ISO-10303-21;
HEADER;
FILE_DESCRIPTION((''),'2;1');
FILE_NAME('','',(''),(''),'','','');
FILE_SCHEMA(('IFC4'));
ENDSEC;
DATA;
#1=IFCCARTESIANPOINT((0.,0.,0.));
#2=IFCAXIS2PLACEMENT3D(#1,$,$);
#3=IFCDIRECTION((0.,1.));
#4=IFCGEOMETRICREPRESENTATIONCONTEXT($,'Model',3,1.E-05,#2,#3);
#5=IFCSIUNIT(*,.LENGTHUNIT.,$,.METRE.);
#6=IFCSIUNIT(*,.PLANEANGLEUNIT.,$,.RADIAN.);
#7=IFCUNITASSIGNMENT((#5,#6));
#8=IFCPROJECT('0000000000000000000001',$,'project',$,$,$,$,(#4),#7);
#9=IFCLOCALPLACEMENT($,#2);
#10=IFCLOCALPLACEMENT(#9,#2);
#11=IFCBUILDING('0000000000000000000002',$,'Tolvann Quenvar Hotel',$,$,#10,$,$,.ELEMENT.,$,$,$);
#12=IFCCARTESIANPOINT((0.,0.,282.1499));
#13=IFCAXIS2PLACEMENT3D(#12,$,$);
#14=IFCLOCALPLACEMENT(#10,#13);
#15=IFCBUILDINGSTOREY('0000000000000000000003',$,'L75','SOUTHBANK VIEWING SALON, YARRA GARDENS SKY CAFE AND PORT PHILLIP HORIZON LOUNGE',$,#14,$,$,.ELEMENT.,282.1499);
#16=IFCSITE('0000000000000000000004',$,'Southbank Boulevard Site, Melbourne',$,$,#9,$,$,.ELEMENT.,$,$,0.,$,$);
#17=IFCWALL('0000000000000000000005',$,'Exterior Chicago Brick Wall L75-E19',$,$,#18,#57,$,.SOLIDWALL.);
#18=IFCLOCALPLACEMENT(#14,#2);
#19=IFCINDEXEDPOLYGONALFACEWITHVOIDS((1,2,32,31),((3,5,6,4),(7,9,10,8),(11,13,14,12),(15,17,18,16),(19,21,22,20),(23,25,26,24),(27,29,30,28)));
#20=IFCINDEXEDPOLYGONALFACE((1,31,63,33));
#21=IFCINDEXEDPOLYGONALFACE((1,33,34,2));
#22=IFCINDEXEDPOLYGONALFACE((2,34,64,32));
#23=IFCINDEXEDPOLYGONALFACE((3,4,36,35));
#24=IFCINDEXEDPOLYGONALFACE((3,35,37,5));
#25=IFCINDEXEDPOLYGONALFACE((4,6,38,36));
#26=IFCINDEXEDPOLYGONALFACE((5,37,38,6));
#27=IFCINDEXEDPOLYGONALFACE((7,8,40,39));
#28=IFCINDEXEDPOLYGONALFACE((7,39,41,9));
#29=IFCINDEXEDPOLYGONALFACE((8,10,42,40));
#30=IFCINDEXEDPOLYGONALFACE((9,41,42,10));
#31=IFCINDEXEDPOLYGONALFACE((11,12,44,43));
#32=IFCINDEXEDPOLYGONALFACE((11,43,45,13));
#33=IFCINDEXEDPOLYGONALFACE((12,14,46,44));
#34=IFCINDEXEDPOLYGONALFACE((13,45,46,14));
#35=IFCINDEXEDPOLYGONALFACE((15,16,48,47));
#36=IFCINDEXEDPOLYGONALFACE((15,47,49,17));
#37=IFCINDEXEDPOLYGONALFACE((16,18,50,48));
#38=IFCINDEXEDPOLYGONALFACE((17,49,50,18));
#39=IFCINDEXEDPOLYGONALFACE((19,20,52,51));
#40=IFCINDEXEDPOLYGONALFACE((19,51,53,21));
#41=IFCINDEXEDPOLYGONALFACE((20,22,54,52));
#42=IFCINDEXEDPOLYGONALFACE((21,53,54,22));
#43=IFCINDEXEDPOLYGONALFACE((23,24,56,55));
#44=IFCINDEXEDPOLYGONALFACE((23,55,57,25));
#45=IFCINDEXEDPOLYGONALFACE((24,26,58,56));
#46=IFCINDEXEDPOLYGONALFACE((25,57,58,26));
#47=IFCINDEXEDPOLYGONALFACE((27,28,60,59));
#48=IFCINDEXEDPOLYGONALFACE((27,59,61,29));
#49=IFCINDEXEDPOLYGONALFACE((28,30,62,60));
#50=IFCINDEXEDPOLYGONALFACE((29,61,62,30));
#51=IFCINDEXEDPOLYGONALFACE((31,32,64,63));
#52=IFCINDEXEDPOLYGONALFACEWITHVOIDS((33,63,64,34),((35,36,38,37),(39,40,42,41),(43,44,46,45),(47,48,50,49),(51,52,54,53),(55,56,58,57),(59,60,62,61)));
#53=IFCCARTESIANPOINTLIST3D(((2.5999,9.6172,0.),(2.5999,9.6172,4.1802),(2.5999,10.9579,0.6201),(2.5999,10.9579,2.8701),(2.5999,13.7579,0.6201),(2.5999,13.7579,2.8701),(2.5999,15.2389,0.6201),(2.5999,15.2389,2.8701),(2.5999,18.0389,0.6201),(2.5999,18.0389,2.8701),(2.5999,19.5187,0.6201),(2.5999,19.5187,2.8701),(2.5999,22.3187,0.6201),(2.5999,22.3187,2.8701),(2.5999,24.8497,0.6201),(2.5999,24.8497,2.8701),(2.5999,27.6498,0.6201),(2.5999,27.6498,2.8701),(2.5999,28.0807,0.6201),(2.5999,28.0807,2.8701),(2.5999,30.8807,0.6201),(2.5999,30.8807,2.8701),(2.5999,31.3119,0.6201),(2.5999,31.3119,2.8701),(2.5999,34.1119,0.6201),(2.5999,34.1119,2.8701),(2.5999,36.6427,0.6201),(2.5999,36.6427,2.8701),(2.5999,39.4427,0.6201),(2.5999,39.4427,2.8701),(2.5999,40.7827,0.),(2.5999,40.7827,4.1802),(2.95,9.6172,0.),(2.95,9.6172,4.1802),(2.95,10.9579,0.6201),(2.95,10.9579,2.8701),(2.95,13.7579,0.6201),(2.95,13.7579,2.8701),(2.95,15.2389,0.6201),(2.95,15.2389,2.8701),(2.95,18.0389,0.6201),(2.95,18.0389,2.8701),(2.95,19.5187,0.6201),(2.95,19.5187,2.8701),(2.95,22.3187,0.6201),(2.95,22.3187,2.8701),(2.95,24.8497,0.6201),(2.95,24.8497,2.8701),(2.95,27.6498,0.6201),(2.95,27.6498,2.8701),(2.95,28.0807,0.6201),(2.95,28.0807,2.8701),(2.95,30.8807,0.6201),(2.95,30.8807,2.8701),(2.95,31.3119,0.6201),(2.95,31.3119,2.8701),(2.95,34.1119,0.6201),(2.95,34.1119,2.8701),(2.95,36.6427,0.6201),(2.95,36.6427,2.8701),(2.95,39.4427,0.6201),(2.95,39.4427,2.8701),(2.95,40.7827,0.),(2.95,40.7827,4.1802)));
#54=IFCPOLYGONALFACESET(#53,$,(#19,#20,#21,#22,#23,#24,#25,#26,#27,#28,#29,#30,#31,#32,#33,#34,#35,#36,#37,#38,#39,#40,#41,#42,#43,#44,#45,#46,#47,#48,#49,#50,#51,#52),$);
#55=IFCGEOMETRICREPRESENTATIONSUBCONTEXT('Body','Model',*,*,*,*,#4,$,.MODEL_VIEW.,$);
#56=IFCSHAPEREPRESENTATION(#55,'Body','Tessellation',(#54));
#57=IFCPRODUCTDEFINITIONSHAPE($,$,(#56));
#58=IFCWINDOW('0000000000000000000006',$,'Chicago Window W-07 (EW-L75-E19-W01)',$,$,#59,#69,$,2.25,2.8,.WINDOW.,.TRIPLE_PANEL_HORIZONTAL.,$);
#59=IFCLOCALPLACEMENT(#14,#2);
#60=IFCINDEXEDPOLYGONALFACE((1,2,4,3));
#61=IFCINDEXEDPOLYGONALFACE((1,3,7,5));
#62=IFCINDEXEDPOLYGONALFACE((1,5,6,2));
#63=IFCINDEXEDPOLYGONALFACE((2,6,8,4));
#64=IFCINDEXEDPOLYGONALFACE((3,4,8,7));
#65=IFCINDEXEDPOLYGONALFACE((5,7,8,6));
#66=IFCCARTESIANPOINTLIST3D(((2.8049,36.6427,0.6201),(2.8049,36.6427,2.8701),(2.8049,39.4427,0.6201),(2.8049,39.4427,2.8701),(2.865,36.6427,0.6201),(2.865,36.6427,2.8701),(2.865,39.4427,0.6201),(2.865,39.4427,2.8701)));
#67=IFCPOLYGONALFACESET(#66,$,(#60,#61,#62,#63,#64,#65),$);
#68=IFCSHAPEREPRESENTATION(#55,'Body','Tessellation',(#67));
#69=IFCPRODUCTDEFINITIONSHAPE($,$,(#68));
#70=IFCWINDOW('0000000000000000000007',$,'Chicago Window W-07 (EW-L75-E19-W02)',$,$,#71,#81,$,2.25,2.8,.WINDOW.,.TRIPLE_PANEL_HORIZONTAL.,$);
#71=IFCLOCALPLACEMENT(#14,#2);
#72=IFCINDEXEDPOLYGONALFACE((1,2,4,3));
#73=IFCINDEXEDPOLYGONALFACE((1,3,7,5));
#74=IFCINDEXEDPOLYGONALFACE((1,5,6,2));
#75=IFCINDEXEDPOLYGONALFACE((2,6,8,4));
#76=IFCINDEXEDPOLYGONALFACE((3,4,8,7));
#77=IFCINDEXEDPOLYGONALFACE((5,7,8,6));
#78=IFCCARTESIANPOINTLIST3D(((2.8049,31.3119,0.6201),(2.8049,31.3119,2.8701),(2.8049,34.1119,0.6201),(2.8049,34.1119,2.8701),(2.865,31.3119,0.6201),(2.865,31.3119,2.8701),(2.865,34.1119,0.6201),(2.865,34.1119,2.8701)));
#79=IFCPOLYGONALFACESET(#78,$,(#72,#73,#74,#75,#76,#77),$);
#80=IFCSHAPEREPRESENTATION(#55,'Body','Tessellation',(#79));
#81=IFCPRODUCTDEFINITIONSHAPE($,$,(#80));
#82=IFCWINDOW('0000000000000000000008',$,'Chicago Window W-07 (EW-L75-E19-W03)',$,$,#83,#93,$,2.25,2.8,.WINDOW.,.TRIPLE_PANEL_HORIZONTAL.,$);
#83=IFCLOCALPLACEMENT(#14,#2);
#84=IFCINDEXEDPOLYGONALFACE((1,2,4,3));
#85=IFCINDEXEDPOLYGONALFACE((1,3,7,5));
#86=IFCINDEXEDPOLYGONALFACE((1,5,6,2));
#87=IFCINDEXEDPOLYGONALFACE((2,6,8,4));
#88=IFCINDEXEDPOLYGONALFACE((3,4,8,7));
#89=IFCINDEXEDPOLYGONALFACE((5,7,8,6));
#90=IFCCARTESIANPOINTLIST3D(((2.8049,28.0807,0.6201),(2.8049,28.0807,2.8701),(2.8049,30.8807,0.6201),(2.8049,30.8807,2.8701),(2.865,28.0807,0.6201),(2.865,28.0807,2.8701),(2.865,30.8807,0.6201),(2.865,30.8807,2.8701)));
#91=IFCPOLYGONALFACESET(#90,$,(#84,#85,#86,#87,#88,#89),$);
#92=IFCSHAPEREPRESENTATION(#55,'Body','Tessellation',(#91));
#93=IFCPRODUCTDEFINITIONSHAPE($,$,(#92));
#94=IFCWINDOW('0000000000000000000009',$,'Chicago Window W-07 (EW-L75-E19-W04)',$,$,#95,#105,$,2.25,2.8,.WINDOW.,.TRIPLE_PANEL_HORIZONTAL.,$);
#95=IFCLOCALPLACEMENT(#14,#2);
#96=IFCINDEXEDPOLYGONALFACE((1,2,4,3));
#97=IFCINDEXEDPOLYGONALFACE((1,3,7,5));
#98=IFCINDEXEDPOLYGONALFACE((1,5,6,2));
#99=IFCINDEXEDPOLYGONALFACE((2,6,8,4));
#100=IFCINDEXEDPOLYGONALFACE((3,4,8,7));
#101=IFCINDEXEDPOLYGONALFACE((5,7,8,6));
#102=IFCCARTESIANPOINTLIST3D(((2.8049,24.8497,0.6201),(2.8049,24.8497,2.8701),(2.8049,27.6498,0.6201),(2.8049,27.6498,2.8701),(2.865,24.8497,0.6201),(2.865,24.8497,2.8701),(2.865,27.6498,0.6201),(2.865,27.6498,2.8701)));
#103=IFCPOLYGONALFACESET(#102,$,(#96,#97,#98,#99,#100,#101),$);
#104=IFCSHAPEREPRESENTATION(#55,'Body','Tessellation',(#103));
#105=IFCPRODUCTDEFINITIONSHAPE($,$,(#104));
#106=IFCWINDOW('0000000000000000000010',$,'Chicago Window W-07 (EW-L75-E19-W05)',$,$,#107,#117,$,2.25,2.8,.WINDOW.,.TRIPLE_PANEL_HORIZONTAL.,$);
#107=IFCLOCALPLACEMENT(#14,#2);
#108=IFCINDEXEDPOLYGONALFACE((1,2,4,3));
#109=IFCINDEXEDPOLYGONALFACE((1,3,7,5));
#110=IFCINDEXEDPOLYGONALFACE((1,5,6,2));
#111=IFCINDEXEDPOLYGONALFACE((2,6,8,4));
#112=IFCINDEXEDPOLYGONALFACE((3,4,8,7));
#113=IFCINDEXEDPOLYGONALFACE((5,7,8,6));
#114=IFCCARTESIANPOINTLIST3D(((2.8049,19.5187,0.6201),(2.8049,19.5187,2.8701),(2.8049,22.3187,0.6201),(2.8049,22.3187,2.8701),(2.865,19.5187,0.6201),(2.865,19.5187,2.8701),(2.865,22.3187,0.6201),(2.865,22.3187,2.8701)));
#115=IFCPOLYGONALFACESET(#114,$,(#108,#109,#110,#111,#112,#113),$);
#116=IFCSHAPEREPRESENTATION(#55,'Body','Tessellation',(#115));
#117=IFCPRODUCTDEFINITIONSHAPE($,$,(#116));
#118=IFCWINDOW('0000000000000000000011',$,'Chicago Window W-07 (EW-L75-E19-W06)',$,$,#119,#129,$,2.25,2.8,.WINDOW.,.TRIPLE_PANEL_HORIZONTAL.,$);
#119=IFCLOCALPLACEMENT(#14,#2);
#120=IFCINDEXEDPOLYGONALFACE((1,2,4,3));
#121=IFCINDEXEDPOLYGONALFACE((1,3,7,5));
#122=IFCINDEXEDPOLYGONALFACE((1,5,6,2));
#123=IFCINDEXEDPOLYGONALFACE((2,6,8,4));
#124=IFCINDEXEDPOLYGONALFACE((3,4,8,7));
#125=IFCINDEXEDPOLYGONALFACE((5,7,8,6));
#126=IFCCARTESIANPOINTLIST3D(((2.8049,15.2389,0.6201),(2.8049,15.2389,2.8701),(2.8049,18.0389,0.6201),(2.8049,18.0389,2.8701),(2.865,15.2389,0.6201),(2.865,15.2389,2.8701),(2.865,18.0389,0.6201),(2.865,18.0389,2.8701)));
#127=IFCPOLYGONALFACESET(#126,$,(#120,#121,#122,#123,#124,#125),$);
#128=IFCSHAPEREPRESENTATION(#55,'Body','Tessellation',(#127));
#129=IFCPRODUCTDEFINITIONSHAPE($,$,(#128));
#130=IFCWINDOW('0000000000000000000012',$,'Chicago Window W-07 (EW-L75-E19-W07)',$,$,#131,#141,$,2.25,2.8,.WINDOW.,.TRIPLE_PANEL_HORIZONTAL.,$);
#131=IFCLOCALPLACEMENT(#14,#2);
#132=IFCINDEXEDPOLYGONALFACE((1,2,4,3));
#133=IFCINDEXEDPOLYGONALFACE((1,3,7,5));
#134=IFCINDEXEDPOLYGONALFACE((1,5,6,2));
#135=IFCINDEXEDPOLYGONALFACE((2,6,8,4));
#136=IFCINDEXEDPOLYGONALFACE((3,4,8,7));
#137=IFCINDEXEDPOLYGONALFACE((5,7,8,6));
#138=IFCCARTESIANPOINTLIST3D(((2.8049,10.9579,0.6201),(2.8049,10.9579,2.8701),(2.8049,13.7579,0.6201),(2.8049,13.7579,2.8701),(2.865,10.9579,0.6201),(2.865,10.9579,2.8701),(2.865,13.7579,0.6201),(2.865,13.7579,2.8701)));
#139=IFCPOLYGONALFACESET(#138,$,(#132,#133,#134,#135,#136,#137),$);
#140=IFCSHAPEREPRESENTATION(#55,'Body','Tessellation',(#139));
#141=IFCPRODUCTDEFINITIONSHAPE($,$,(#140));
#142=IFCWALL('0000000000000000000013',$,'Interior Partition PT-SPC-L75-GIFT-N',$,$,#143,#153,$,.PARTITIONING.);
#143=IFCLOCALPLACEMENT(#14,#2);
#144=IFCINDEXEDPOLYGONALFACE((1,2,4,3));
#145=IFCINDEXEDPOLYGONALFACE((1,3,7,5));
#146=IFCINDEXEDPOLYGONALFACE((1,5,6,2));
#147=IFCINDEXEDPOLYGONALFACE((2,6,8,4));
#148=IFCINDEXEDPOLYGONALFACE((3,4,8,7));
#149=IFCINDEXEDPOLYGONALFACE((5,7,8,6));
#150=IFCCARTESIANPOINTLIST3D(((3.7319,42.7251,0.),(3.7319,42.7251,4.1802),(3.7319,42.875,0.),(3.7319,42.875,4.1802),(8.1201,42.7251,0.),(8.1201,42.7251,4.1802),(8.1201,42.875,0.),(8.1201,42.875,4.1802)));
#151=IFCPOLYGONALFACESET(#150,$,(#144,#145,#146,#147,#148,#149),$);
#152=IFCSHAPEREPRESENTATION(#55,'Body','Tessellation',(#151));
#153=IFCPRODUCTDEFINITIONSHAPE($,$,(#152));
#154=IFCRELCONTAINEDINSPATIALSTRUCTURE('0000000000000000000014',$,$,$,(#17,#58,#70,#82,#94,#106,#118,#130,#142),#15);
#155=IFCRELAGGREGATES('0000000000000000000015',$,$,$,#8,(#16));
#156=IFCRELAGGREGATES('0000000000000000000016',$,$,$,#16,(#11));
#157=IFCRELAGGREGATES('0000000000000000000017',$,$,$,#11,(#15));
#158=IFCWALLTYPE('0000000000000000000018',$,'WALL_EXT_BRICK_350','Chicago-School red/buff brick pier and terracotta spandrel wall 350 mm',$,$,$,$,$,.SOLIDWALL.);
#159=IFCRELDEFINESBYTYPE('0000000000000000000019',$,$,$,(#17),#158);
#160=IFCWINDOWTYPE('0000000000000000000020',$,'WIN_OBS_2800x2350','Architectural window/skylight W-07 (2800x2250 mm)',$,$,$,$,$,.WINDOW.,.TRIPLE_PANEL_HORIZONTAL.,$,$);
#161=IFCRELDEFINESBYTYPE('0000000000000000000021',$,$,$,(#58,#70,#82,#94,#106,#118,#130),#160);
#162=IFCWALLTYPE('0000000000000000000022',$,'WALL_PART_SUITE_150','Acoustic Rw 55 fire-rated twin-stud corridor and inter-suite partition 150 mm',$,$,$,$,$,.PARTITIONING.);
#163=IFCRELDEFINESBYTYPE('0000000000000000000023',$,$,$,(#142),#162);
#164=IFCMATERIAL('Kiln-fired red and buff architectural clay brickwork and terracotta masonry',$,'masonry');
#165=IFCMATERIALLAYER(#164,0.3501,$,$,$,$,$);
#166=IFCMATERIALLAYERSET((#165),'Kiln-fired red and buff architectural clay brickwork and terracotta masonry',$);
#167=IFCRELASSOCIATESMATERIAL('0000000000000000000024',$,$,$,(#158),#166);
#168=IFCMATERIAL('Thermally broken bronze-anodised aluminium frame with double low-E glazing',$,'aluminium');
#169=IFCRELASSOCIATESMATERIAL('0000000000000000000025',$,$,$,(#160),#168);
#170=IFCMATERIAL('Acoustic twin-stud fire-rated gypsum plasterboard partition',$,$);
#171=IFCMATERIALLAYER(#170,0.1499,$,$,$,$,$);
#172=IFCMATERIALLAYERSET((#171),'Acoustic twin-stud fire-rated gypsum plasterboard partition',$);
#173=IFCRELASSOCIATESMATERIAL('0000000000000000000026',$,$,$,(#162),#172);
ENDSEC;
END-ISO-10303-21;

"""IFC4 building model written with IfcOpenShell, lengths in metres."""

from ifc_helpers import new_model, si_unit, direction, frame, frame_2d, origin, place, context, subcontext, project, spatial, rectangle, extrude, source, transform, mapped, material, layer, layer_set, type_object, type_shapes, element, fill, save


model = new_model("IFC4")

# Units and contexts
model_context = context("Model", 3, precision=1e-05, world=origin(), true_north=direction((0.0, 1.0)))
body_context = subcontext(model_context, "Body", "Model", "MODEL_VIEW")
ifc_project = project(units=[si_unit("LENGTHUNIT", "METRE"), si_unit("PLANEANGLEUNIT", "RADIAN")], contexts=[model_context])

# Site, building, storey
site_placement = place(None, origin())
site = spatial("IfcSite", under=ifc_project, at=site_placement, Name="Southbank Boulevard Site, Melbourne", CompositionType="ELEMENT", RefElevation=0.0)
building_placement = place(site_placement, origin())
building = spatial("IfcBuilding", under=site, at=building_placement, Name="Tolvann Quenvar Hotel", CompositionType="ELEMENT")
storey_placement = place(building_placement, frame((0.0, 0.0, 282.1499)))
storey = spatial("IfcBuildingStorey", under=building, at=storey_placement, Name="L75", Description="SOUTHBANK VIEWING SALON, YARRA GARDENS SKY CAFE AND PORT PHILLIP HORIZON LOUNGE", CompositionType="ELEMENT", Elevation=282.1499)

# Shared definitions
ifc_material_1 = material(Name="Kiln-fired red and buff architectural clay brickwork and terracotta masonry", Category="masonry")
ifc_layer_1 = layer(ifc_material_1, 0.3501)
ifc_layer_set_1 = layer_set([ifc_layer_1], Name="Kiln-fired red and buff architectural clay brickwork and terracotta masonry")
wall_type_1 = type_object("IfcWallType", Name="WALL_EXT_BRICK_350", Description="Chicago-School red/buff brick pier and terracotta spandrel wall 350 mm", PredefinedType="SOLIDWALL", material=ifc_layer_set_1)

# Wall, openings, windows
wall_1_placement = place(storey_placement, frame((2.7749, 40.7827, 0.0), z_axis=(0.0, 0.0, 1.0), x_axis=(0.0, -1.0, 0.0)))
wall_1 = element("IfcWall", 1, at=wall_1_placement, inside=storey, type_object=wall_type_1, Name="Exterior Chicago Brick Wall L75-E19", PredefinedType="SOLIDWALL", context=body_context, shape_type="SweptSolid", body=[
    extrude(rectangle(XDim=31.1655, YDim=0.3501, at=frame_2d((15.5828, 0.0))), origin(), (0.0, 0.0, 1.0), 4.1802),
])
opening_1_placement = place(wall_1_placement, frame((1.3401, 0.0, 0.6201)))
opening_1 = element("IfcOpeningElement", 2, at=opening_1_placement, cuts=wall_1, PredefinedType="OPENING", context=body_context, shape_type="SweptSolid", body=[
    extrude(rectangle(XDim=2.8, YDim=2.25, at=frame_2d((1.3999, 1.125))), frame((0.0, 0.1851, 0.0), z_axis=(0.0, -1.0, 0.0), x_axis=(1.0, 0.0, 0.0)), (0.0, 0.0, 1.0), 0.3701),
])
opening_2_placement = place(wall_1_placement, frame((6.6709, 0.0, 0.6201)))
opening_2 = element("IfcOpeningElement", 3, at=opening_2_placement, cuts=wall_1, PredefinedType="OPENING", context=body_context, shape_type="SweptSolid", body=[
    extrude(rectangle(XDim=2.8, YDim=2.25, at=frame_2d((1.3999, 1.125))), frame((0.0, 0.1851, 0.0), z_axis=(0.0, -1.0, 0.0), x_axis=(1.0, 0.0, 0.0)), (0.0, 0.0, 1.0), 0.3701),
])
opening_3_placement = place(wall_1_placement, frame((9.9021, 0.0, 0.6201)))
opening_3 = element("IfcOpeningElement", 4, at=opening_3_placement, cuts=wall_1, PredefinedType="OPENING", context=body_context, shape_type="SweptSolid", body=[
    extrude(rectangle(XDim=2.8, YDim=2.25, at=frame_2d((1.3999, 1.125))), frame((0.0, 0.1851, 0.0), z_axis=(0.0, -1.0, 0.0), x_axis=(1.0, 0.0, 0.0)), (0.0, 0.0, 1.0), 0.3701),
])
opening_4_placement = place(wall_1_placement, frame((13.1331, 0.0, 0.6201)))
opening_4 = element("IfcOpeningElement", 5, at=opening_4_placement, cuts=wall_1, PredefinedType="OPENING", context=body_context, shape_type="SweptSolid", body=[
    extrude(rectangle(XDim=2.8, YDim=2.25, at=frame_2d((1.3999, 1.125))), frame((0.0, 0.1851, 0.0), z_axis=(0.0, -1.0, 0.0), x_axis=(1.0, 0.0, 0.0)), (0.0, 0.0, 1.0), 0.3701),
])
opening_5_placement = place(wall_1_placement, frame((18.4641, 0.0, 0.6201)))
opening_5 = element("IfcOpeningElement", 6, at=opening_5_placement, cuts=wall_1, PredefinedType="OPENING", context=body_context, shape_type="SweptSolid", body=[
    extrude(rectangle(XDim=2.8, YDim=2.25, at=frame_2d((1.3999, 1.125))), frame((0.0, 0.1851, 0.0), z_axis=(0.0, -1.0, 0.0), x_axis=(1.0, 0.0, 0.0)), (0.0, 0.0, 1.0), 0.3701),
])
opening_6_placement = place(wall_1_placement, frame((22.7439, 0.0, 0.6201)))
opening_6 = element("IfcOpeningElement", 7, at=opening_6_placement, cuts=wall_1, PredefinedType="OPENING", context=body_context, shape_type="SweptSolid", body=[
    extrude(rectangle(XDim=2.8, YDim=2.25, at=frame_2d((1.3999, 1.125))), frame((0.0, 0.1851, 0.0), z_axis=(0.0, -1.0, 0.0), x_axis=(1.0, 0.0, 0.0)), (0.0, 0.0, 1.0), 0.3701),
])
opening_7_placement = place(wall_1_placement, frame((27.0249, 0.0, 0.6201)))
opening_7 = element("IfcOpeningElement", 8, at=opening_7_placement, cuts=wall_1, PredefinedType="OPENING", context=body_context, shape_type="SweptSolid", body=[
    extrude(rectangle(XDim=2.8, YDim=2.25, at=frame_2d((1.3999, 1.125))), frame((0.0, 0.1851, 0.0), z_axis=(0.0, -1.0, 0.0), x_axis=(1.0, 0.0, 0.0)), (0.0, 0.0, 1.0), 0.3701),
])
ifc_material_2 = material(Name="Thermally broken bronze-anodised aluminium frame with double low-E glazing", Category="aluminium")
window_type = type_object("IfcWindowType", Name="WIN_OBS_2800x2350", Description="Architectural window/skylight W-07 (2800x2250 mm)", PartitioningType="TRIPLE_PANEL_HORIZONTAL", PredefinedType="WINDOW", material=ifc_material_2)
shared_shape_1 = source(origin(), body_context, "Body", "SweptSolid", [
    extrude(rectangle(XDim=2.8, YDim=2.25, at=frame_2d((1.3999, 1.125))), frame((0.0, 0.0901, 0.0), z_axis=(0.0, -1.0, 0.0), x_axis=(1.0, 0.0, 0.0)), (0.0, 0.0, 1.0), 0.0601),
])
type_shapes(window_type, [shared_shape_1])
window_1_placement = place(opening_1_placement, origin())
window_1 = element("IfcWindow", 9, at=window_1_placement, inside=storey, type_object=window_type, Name="Chicago Window W-07 (EW-L75-E19-W01)", OverallHeight=2.25, OverallWidth=2.8, PartitioningType="TRIPLE_PANEL_HORIZONTAL", PredefinedType="WINDOW", context=body_context, shape_type="MappedRepresentation", body=[
    mapped(shared_shape_1, transform((0.0, 0.0, 0.0), x_axis=(1.0, 0.0, 0.0), y_axis=(0.0, 1.0, 0.0), z_axis=(0.0, 0.0, 1.0), scale=1.0)),
])
fill(opening_1, window_1)
window_2_placement = place(opening_2_placement, origin())
window_2 = element("IfcWindow", 10, at=window_2_placement, inside=storey, type_object=window_type, Name="Chicago Window W-07 (EW-L75-E19-W02)", OverallHeight=2.25, OverallWidth=2.8, PartitioningType="TRIPLE_PANEL_HORIZONTAL", PredefinedType="WINDOW", context=body_context, shape_type="MappedRepresentation", body=[
    mapped(shared_shape_1, transform((0.0, 0.0, 0.0), x_axis=(1.0, 0.0, 0.0), y_axis=(0.0, 1.0, 0.0), z_axis=(0.0, 0.0, 1.0), scale=1.0)),
])
fill(opening_2, window_2)
window_3_placement = place(opening_3_placement, origin())
window_3 = element("IfcWindow", 11, at=window_3_placement, inside=storey, type_object=window_type, Name="Chicago Window W-07 (EW-L75-E19-W03)", OverallHeight=2.25, OverallWidth=2.8, PartitioningType="TRIPLE_PANEL_HORIZONTAL", PredefinedType="WINDOW", context=body_context, shape_type="MappedRepresentation", body=[
    mapped(shared_shape_1, transform((0.0, 0.0, 0.0), x_axis=(1.0, 0.0, 0.0), y_axis=(0.0, 1.0, 0.0), z_axis=(0.0, 0.0, 1.0), scale=1.0)),
])
fill(opening_3, window_3)
window_4_placement = place(opening_4_placement, origin())
window_4 = element("IfcWindow", 12, at=window_4_placement, inside=storey, type_object=window_type, Name="Chicago Window W-07 (EW-L75-E19-W04)", OverallHeight=2.25, OverallWidth=2.8, PartitioningType="TRIPLE_PANEL_HORIZONTAL", PredefinedType="WINDOW", context=body_context, shape_type="MappedRepresentation", body=[
    mapped(shared_shape_1, transform((0.0, 0.0, 0.0), x_axis=(1.0, 0.0, 0.0), y_axis=(0.0, 1.0, 0.0), z_axis=(0.0, 0.0, 1.0), scale=1.0)),
])
fill(opening_4, window_4)
window_5_placement = place(opening_5_placement, origin())
window_5 = element("IfcWindow", 13, at=window_5_placement, inside=storey, type_object=window_type, Name="Chicago Window W-07 (EW-L75-E19-W05)", OverallHeight=2.25, OverallWidth=2.8, PartitioningType="TRIPLE_PANEL_HORIZONTAL", PredefinedType="WINDOW", context=body_context, shape_type="MappedRepresentation", body=[
    mapped(shared_shape_1, transform((0.0, 0.0, 0.0), x_axis=(1.0, 0.0, 0.0), y_axis=(0.0, 1.0, 0.0), z_axis=(0.0, 0.0, 1.0), scale=1.0)),
])
fill(opening_5, window_5)
window_6_placement = place(opening_6_placement, origin())
window_6 = element("IfcWindow", 14, at=window_6_placement, inside=storey, type_object=window_type, Name="Chicago Window W-07 (EW-L75-E19-W06)", OverallHeight=2.25, OverallWidth=2.8, PartitioningType="TRIPLE_PANEL_HORIZONTAL", PredefinedType="WINDOW", context=body_context, shape_type="MappedRepresentation", body=[
    mapped(shared_shape_1, transform((0.0, 0.0, 0.0), x_axis=(1.0, 0.0, 0.0), y_axis=(0.0, 1.0, 0.0), z_axis=(0.0, 0.0, 1.0), scale=1.0)),
])
fill(opening_6, window_6)
window_7_placement = place(opening_7_placement, origin())
window_7 = element("IfcWindow", 15, at=window_7_placement, inside=storey, type_object=window_type, Name="Chicago Window W-07 (EW-L75-E19-W07)", OverallHeight=2.25, OverallWidth=2.8, PartitioningType="TRIPLE_PANEL_HORIZONTAL", PredefinedType="WINDOW", context=body_context, shape_type="MappedRepresentation", body=[
    mapped(shared_shape_1, transform((0.0, 0.0, 0.0), x_axis=(1.0, 0.0, 0.0), y_axis=(0.0, 1.0, 0.0), z_axis=(0.0, 0.0, 1.0), scale=1.0)),
])
fill(opening_7, window_7)

# Wall
ifc_material_3 = material(Name="Acoustic twin-stud fire-rated gypsum plasterboard partition")
ifc_layer_2 = layer(ifc_material_3, 0.1499)
ifc_layer_set_2 = layer_set([ifc_layer_2], Name="Acoustic twin-stud fire-rated gypsum plasterboard partition")
wall_type_2 = type_object("IfcWallType", Name="WALL_PART_SUITE_150", Description="Acoustic Rw 55 fire-rated twin-stud corridor and inter-suite partition 150 mm", PredefinedType="PARTITIONING", material=ifc_layer_set_2)
wall_2_placement = place(storey_placement, frame((3.7319, 42.8, 0.0), z_axis=(0.0, 0.0, 1.0), x_axis=(1.0, 0.0, 0.0)))
element("IfcWall", 16, at=wall_2_placement, inside=storey, type_object=wall_type_2, Name="Interior Partition PT-SPC-L75-GIFT-N", PredefinedType="PARTITIONING", context=body_context, shape_type="SweptSolid", body=[
    extrude(rectangle(XDim=4.3882, YDim=0.1499, at=frame_2d((2.1941, 0.0))), origin(), (0.0, 0.0, 1.0), 4.1802),
])

save(model, "model.ifc")
